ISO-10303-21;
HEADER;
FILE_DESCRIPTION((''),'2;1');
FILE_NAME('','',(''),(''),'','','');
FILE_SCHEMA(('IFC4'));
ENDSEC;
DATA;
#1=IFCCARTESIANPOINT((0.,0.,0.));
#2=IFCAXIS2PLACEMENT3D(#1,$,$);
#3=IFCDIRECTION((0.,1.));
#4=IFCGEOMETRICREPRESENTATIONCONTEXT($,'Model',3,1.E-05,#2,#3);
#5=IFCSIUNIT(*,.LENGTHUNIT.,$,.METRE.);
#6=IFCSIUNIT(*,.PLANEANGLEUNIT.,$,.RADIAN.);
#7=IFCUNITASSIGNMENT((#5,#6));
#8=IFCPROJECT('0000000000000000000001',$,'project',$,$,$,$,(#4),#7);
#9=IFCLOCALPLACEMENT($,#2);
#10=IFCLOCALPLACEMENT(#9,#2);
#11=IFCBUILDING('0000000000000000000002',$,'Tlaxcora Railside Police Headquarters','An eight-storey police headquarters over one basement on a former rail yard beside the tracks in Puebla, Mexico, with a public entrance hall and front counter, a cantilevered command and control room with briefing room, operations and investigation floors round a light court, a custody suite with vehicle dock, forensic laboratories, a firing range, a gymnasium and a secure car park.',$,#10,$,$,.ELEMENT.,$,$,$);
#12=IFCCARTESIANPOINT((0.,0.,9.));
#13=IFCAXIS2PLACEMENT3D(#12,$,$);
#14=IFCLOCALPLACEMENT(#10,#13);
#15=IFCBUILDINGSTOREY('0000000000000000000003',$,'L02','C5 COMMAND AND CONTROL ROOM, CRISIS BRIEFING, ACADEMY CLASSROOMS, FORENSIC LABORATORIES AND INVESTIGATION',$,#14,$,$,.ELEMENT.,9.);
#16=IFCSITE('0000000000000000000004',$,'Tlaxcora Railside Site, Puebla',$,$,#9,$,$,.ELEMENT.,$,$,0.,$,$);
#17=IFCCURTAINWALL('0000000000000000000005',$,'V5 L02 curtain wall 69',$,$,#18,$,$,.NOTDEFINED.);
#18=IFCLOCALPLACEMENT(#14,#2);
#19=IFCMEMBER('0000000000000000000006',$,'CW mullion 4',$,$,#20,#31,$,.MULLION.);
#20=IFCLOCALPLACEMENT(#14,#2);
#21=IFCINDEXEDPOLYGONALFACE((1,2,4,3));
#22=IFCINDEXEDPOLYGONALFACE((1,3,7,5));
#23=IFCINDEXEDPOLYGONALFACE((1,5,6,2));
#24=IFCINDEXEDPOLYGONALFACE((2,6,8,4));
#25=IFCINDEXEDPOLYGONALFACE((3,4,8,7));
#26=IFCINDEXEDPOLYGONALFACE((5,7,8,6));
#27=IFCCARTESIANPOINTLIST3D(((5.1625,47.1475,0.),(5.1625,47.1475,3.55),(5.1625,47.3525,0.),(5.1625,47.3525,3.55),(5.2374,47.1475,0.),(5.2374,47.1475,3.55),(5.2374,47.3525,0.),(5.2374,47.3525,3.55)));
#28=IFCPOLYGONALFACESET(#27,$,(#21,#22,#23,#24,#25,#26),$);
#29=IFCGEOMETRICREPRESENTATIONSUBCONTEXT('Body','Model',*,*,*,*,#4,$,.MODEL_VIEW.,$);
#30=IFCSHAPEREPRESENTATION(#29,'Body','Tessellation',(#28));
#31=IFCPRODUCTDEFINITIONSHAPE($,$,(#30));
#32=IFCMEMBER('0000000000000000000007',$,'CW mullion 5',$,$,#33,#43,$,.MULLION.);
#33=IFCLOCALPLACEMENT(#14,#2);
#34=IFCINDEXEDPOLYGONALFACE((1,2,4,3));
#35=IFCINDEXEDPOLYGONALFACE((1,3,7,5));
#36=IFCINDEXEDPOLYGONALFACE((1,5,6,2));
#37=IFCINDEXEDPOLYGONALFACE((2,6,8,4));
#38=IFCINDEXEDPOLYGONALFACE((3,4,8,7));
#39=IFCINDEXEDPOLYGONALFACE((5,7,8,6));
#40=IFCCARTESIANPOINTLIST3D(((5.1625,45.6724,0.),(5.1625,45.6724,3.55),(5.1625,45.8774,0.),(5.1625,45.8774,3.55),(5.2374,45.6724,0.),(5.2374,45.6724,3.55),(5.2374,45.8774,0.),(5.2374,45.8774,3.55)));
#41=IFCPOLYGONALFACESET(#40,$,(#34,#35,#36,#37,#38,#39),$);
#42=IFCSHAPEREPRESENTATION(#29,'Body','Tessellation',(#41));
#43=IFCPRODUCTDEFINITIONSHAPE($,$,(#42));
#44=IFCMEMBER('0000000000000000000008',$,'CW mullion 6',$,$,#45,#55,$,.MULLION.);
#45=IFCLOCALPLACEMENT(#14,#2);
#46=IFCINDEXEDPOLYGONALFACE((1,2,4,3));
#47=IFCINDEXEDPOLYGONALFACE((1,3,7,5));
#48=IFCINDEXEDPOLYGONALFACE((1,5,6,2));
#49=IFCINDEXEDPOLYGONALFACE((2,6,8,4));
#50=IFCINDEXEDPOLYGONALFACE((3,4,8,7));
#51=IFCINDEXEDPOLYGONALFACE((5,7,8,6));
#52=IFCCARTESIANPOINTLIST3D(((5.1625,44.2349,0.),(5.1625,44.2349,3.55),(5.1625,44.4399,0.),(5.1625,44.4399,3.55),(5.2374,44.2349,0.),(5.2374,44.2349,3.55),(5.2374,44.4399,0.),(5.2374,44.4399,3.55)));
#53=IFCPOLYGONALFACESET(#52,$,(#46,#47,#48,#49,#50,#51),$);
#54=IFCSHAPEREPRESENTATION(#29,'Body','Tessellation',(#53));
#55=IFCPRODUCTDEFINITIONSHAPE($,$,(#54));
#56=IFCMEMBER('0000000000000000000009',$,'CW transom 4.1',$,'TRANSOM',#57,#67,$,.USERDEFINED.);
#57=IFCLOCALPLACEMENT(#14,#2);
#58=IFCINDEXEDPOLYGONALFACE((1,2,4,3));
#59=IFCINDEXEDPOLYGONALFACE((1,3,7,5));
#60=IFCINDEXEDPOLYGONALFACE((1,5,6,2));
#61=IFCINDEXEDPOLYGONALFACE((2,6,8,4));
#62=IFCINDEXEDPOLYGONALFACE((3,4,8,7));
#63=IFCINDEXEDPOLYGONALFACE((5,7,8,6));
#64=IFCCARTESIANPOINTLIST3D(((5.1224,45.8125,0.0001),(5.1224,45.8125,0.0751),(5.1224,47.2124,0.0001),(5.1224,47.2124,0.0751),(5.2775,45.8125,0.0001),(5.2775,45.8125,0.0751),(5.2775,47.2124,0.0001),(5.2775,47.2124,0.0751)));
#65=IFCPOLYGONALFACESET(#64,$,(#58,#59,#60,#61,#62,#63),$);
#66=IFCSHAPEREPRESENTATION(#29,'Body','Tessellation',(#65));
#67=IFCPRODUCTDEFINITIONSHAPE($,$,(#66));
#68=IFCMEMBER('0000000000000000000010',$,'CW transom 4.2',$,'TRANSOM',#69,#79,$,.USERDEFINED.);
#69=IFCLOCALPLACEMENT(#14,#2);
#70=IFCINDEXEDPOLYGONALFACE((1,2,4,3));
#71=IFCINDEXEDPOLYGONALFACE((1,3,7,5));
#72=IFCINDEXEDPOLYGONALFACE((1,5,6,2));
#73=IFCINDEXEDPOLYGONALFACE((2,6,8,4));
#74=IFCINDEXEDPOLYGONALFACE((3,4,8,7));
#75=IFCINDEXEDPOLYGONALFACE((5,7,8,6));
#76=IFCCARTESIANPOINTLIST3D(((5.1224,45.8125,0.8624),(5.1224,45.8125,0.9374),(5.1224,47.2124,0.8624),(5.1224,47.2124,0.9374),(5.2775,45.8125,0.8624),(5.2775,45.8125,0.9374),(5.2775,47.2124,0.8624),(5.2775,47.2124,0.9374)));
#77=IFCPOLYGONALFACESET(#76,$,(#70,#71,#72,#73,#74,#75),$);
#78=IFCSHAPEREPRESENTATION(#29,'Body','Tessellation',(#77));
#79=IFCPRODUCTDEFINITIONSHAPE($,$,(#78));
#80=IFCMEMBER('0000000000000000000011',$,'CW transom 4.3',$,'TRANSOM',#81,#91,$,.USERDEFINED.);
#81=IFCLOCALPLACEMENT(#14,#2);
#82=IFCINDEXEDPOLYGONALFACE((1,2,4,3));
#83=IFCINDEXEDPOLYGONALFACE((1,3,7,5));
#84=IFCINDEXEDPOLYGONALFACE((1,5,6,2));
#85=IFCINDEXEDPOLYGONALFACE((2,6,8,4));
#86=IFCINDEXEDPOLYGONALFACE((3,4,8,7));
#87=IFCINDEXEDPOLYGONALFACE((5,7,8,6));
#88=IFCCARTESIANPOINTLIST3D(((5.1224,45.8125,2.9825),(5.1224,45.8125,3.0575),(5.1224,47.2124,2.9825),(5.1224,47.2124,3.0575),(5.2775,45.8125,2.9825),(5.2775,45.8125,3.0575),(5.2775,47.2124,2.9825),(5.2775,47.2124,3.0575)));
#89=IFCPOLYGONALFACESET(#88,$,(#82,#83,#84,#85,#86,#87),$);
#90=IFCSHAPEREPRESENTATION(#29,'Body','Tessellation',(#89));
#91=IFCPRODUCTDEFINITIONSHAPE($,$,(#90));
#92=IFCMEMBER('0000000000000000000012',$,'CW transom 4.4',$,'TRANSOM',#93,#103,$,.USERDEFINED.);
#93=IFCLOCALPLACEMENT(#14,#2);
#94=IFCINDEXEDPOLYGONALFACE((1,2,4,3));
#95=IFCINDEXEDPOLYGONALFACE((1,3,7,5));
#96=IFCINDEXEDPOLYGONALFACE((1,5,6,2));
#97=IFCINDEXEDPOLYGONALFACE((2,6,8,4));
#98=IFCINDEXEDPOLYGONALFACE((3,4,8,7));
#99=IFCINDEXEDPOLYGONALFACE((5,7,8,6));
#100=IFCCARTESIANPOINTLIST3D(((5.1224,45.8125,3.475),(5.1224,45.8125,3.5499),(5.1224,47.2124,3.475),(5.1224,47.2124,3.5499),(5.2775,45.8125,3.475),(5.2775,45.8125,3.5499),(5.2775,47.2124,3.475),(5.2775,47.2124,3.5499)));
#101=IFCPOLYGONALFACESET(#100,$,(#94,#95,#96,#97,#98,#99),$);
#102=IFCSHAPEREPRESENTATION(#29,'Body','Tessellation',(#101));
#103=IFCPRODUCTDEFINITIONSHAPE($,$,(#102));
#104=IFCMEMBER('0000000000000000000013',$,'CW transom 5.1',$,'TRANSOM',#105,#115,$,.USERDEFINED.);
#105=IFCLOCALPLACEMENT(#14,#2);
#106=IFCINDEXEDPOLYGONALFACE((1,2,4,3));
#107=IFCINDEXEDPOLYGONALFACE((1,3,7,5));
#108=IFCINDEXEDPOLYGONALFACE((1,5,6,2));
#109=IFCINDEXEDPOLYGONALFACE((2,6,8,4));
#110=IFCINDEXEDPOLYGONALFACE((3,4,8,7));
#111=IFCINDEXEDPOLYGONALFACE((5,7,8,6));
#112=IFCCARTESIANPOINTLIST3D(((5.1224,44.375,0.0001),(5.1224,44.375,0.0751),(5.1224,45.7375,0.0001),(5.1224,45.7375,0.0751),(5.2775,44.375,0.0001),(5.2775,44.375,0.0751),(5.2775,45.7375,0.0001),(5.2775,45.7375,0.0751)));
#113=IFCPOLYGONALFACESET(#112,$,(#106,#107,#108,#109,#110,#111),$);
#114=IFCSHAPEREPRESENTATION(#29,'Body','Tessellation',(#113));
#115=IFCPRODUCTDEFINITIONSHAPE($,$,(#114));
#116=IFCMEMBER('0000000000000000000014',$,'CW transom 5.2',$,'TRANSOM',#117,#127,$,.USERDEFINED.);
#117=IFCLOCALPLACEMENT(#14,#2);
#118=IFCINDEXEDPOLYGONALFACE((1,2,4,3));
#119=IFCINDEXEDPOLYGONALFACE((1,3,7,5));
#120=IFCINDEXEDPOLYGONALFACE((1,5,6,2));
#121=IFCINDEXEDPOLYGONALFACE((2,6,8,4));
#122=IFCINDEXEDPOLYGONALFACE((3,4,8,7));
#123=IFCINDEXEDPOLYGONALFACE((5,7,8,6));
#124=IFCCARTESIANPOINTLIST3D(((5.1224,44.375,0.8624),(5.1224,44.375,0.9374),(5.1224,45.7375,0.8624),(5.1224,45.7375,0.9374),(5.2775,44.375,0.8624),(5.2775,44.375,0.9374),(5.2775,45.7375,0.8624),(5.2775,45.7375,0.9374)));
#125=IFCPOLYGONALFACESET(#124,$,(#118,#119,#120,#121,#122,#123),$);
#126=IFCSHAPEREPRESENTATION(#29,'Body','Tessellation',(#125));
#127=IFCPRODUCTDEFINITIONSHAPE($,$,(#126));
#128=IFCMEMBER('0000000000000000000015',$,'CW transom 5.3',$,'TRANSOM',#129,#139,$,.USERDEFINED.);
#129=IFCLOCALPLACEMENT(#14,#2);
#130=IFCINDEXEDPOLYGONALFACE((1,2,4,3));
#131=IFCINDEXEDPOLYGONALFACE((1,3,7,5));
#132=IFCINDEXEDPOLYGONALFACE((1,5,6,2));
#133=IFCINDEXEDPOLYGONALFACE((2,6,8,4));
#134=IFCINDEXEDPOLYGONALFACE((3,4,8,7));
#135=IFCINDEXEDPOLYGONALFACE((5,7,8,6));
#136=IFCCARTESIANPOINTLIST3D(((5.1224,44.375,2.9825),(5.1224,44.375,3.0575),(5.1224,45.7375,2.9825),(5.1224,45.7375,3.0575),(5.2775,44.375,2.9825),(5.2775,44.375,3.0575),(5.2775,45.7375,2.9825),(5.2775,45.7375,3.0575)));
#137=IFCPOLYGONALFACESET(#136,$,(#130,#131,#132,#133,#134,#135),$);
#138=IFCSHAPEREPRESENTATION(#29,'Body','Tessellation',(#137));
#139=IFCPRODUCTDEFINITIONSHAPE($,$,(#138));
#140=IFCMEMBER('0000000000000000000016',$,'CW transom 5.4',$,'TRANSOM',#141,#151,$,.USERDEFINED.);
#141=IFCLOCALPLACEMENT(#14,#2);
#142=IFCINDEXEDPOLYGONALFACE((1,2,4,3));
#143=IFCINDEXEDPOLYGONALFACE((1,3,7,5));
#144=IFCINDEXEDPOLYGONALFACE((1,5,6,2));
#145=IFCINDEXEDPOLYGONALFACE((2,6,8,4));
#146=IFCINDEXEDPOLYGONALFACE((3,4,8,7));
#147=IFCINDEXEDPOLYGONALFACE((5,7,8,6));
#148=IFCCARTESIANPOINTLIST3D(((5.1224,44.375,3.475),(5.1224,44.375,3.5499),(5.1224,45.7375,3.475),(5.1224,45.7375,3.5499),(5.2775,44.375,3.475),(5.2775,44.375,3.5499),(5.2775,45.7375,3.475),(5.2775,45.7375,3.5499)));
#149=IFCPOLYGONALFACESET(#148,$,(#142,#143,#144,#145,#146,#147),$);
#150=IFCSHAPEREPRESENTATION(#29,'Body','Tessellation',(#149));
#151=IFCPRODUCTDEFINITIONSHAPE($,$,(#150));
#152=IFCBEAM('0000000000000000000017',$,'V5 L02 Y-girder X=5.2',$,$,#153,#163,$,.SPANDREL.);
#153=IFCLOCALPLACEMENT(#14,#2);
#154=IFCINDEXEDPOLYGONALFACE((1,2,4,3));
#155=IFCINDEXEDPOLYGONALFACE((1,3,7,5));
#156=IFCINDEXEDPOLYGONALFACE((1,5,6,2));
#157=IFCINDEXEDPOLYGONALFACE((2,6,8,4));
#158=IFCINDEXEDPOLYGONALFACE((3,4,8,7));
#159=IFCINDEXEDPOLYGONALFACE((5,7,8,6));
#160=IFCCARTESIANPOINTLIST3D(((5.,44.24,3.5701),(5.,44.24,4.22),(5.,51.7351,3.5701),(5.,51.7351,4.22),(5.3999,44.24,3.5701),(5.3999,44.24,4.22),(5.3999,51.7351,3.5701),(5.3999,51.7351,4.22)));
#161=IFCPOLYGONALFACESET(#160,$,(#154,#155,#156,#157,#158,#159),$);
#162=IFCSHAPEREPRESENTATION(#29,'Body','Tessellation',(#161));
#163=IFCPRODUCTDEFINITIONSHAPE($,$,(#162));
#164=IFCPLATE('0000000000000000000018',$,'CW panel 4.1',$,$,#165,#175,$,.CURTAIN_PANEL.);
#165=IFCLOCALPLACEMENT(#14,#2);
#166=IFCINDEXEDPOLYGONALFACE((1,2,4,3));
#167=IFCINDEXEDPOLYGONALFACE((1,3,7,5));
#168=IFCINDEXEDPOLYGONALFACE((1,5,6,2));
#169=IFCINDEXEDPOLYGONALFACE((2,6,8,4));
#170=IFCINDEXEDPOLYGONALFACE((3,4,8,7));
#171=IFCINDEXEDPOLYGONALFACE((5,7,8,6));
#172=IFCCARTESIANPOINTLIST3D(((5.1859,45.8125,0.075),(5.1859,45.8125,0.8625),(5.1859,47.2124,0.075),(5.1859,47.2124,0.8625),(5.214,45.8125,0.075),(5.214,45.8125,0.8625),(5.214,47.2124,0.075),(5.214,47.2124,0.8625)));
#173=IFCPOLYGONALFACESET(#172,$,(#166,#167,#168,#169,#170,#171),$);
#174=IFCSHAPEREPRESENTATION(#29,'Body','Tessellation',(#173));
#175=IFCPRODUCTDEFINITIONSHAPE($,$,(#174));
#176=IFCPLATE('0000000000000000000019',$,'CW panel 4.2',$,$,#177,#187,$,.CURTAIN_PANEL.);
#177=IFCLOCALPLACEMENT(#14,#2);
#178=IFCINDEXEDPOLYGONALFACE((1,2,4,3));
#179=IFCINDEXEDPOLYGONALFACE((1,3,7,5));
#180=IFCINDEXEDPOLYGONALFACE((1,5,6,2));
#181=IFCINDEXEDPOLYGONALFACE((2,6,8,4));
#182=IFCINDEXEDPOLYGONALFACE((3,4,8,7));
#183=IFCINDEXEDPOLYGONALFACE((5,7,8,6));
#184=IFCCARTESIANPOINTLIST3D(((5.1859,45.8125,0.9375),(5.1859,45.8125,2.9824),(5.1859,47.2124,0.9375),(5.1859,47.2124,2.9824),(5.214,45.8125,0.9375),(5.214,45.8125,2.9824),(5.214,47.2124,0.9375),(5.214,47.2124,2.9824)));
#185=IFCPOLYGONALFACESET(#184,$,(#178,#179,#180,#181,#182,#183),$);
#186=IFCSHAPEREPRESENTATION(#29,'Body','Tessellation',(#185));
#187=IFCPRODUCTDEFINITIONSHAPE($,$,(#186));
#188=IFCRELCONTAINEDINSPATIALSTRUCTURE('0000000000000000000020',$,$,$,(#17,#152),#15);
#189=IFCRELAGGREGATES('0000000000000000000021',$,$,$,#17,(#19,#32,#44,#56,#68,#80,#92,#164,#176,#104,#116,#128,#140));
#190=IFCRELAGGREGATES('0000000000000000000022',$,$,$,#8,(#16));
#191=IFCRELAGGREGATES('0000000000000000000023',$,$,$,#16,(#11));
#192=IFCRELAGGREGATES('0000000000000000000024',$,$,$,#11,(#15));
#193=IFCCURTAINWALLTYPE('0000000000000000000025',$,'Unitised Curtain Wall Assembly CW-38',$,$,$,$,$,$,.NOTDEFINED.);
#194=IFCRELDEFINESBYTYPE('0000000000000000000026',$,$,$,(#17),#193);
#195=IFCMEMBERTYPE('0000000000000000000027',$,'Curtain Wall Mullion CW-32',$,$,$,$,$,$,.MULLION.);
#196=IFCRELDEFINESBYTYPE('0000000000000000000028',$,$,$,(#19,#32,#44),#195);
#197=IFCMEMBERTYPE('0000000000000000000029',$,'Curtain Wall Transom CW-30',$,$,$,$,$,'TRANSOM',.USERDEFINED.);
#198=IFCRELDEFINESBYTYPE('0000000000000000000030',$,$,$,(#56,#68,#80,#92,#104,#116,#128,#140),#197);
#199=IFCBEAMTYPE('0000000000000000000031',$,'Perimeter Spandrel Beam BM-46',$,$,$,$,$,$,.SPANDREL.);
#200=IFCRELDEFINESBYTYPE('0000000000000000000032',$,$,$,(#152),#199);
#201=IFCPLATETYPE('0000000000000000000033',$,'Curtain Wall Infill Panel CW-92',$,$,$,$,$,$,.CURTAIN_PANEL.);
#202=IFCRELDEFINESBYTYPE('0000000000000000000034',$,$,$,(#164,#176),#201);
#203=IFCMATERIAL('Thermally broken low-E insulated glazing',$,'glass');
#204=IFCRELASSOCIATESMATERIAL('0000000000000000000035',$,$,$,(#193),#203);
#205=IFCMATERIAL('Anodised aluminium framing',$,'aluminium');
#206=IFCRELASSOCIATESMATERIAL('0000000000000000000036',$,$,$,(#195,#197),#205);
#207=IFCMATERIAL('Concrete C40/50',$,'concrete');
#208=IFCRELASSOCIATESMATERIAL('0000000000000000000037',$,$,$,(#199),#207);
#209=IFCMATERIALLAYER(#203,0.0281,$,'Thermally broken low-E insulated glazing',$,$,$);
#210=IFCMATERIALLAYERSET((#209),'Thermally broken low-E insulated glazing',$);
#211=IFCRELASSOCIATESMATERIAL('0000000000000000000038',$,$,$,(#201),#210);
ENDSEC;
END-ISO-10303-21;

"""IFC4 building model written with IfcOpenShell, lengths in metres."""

from ifc_helpers import new_model, si_unit, direction, frame, origin, origin_2d, place, context, subcontext, project, spatial, rectangle, extrude, material, layer, layer_set, material_profile, profile_set, type_object, element, aggregate, save


model = new_model("IFC4")

# Units and contexts
model_context = context("Model", 3, precision=1e-05, world=origin(), true_north=direction((0.0, 1.0)))
body_context = subcontext(model_context, "Body", "Model", "MODEL_VIEW")
ifc_project = project(units=[si_unit("LENGTHUNIT", "METRE"), si_unit("PLANEANGLEUNIT", "RADIAN")], contexts=[model_context])

# Site, building, storey
site_placement = place(None, origin())
site = spatial("IfcSite", under=ifc_project, at=site_placement, Name="Tlaxcora Railside Site, Puebla", CompositionType="ELEMENT", RefElevation=0.0)
building_placement = place(site_placement, origin())
building = spatial("IfcBuilding", under=site, at=building_placement, Name="Tlaxcora Railside Police Headquarters", Description="An eight-storey police headquarters over one basement on a former rail yard beside the tracks in Puebla, Mexico, with a public entrance hall and front counter, a cantilevered command and control room with briefing room, operations and investigation floors round a light court, a custody suite with vehicle dock, forensic laboratories, a firing range, a gymnasium and a secure car park.", CompositionType="ELEMENT")
storey_placement = place(building_placement, frame((0.0, 0.0, 9.0)))
storey = spatial("IfcBuildingStorey", under=building, at=storey_placement, Name="L02", Description="C5 COMMAND AND CONTROL ROOM, CRISIS BRIEFING, ACADEMY CLASSROOMS, FORENSIC LABORATORIES AND INVESTIGATION", CompositionType="ELEMENT", Elevation=9.0)

# Curtain wall, members
ifc_material_1 = material(Name="Thermally broken low-E insulated glazing", Category="glass")
curtain_wall_type = type_object("IfcCurtainWallType", Name="Unitised Curtain Wall Assembly CW-38", PredefinedType="NOTDEFINED", material=ifc_material_1)
curtain_wall_placement = place(storey_placement, origin())
curtain_wall = element("IfcCurtainWall", 1, at=curtain_wall_placement, inside=storey, type_object=curtain_wall_type, Name="V5 L02 curtain wall 69", PredefinedType="NOTDEFINED")
ifc_material_2 = material(Name="Anodised aluminium framing", Category="aluminium")
ifc_material_profile_1 = material_profile(ifc_material_2, rectangle(XDim=0.075, YDim=0.2051, at=origin_2d()), Name="AL75X205")
ifc_profile_set_1 = profile_set([ifc_material_profile_1], Name="Anodised aluminium framing")
member_type_1 = type_object("IfcMemberType", Name="Curtain Wall Mullion CW-32", PredefinedType="MULLION", material=ifc_profile_set_1)
member_1_placement = place(storey_placement, frame((5.2, 47.25, 0.0), z_axis=(0.0, 0.0, 1.0), x_axis=(1.0, 0.0, 0.0)))
member_1 = element("IfcMember", 2, at=member_1_placement, type_object=member_type_1, Name="CW mullion 4", PredefinedType="MULLION", context=body_context, shape_type="SweptSolid", body=[
    extrude(rectangle(XDim=0.075, YDim=0.2051, at=origin_2d()), origin(), (0.0, 0.0, 1.0), 3.55),
])
member_2_placement = place(storey_placement, frame((5.2, 45.7749, 0.0), z_axis=(0.0, 0.0, 1.0), x_axis=(1.0, 0.0, 0.0)))
member_2 = element("IfcMember", 3, at=member_2_placement, type_object=member_type_1, Name="CW mullion 5", PredefinedType="MULLION", context=body_context, shape_type="SweptSolid", body=[
    extrude(rectangle(XDim=0.075, YDim=0.2051, at=origin_2d()), origin(), (0.0, 0.0, 1.0), 3.55),
])
member_3_placement = place(storey_placement, frame((5.2, 44.3374, 0.0), z_axis=(0.0, 0.0, 1.0), x_axis=(1.0, 0.0, 0.0)))
member_3 = element("IfcMember", 4, at=member_3_placement, type_object=member_type_1, Name="CW mullion 6", PredefinedType="MULLION", context=body_context, shape_type="SweptSolid", body=[
    extrude(rectangle(XDim=0.075, YDim=0.2051, at=origin_2d()), origin(), (0.0, 0.0, 1.0), 3.55),
])
ifc_material_profile_2 = material_profile(ifc_material_2, rectangle(XDim=0.155, YDim=0.075, at=origin_2d()), Name="AL75X155")
ifc_profile_set_2 = profile_set([ifc_material_profile_2], Name="Anodised aluminium framing")
member_type_2 = type_object("IfcMemberType", Name="Curtain Wall Transom CW-30", ElementType="TRANSOM", PredefinedType="USERDEFINED", material=ifc_profile_set_2)
member_4_placement = place(storey_placement, frame((5.2, 47.2124, 0.0376), z_axis=(0.0, -1.0, 0.0), x_axis=(1.0, 0.0, 0.0)))
member_4 = element("IfcMember", 5, at=member_4_placement, type_object=member_type_2, Name="CW transom 4.1", ObjectType="TRANSOM", PredefinedType="USERDEFINED", context=body_context, shape_type="SweptSolid", body=[
    extrude(rectangle(XDim=0.155, YDim=0.075, at=origin_2d()), origin(), (0.0, 0.0, 1.0), 1.3999),
])
member_5_placement = place(storey_placement, frame((5.2, 47.2124, 0.8999), z_axis=(0.0, -1.0, 0.0), x_axis=(1.0, 0.0, 0.0)))
member_5 = element("IfcMember", 6, at=member_5_placement, type_object=member_type_2, Name="CW transom 4.2", ObjectType="TRANSOM", PredefinedType="USERDEFINED", context=body_context, shape_type="SweptSolid", body=[
    extrude(rectangle(XDim=0.155, YDim=0.075, at=origin_2d()), origin(), (0.0, 0.0, 1.0), 1.3999),
])
member_6_placement = place(storey_placement, frame((5.2, 47.2124, 3.02), z_axis=(0.0, -1.0, 0.0), x_axis=(1.0, 0.0, 0.0)))
member_6 = element("IfcMember", 7, at=member_6_placement, type_object=member_type_2, Name="CW transom 4.3", ObjectType="TRANSOM", PredefinedType="USERDEFINED", context=body_context, shape_type="SweptSolid", body=[
    extrude(rectangle(XDim=0.155, YDim=0.075, at=origin_2d()), origin(), (0.0, 0.0, 1.0), 1.3999),
])
member_7_placement = place(storey_placement, frame((5.2, 47.2124, 3.5125), z_axis=(0.0, -1.0, 0.0), x_axis=(1.0, 0.0, 0.0)))
member_7 = element("IfcMember", 8, at=member_7_placement, type_object=member_type_2, Name="CW transom 4.4", ObjectType="TRANSOM", PredefinedType="USERDEFINED", context=body_context, shape_type="SweptSolid", body=[
    extrude(rectangle(XDim=0.155, YDim=0.075, at=origin_2d()), origin(), (0.0, 0.0, 1.0), 1.3999),
])
member_8_placement = place(storey_placement, frame((5.2, 45.7375, 0.0376), z_axis=(0.0, -1.0, 0.0), x_axis=(1.0, 0.0, 0.0)))
member_8 = element("IfcMember", 9, at=member_8_placement, type_object=member_type_2, Name="CW transom 5.1", ObjectType="TRANSOM", PredefinedType="USERDEFINED", context=body_context, shape_type="SweptSolid", body=[
    extrude(rectangle(XDim=0.155, YDim=0.075, at=origin_2d()), origin(), (0.0, 0.0, 1.0), 1.3625),
])
member_9_placement = place(storey_placement, frame((5.2, 45.7375, 0.8999), z_axis=(0.0, -1.0, 0.0), x_axis=(1.0, 0.0, 0.0)))
member_9 = element("IfcMember", 10, at=member_9_placement, type_object=member_type_2, Name="CW transom 5.2", ObjectType="TRANSOM", PredefinedType="USERDEFINED", context=body_context, shape_type="SweptSolid", body=[
    extrude(rectangle(XDim=0.155, YDim=0.075, at=origin_2d()), origin(), (0.0, 0.0, 1.0), 1.3625),
])
member_10_placement = place(storey_placement, frame((5.2, 45.7375, 3.02), z_axis=(0.0, -1.0, 0.0), x_axis=(1.0, 0.0, 0.0)))
member_10 = element("IfcMember", 11, at=member_10_placement, type_object=member_type_2, Name="CW transom 5.3", ObjectType="TRANSOM", PredefinedType="USERDEFINED", context=body_context, shape_type="SweptSolid", body=[
    extrude(rectangle(XDim=0.155, YDim=0.075, at=origin_2d()), origin(), (0.0, 0.0, 1.0), 1.3625),
])
member_11_placement = place(storey_placement, frame((5.2, 45.7375, 3.5125), z_axis=(0.0, -1.0, 0.0), x_axis=(1.0, 0.0, 0.0)))
member_11 = element("IfcMember", 12, at=member_11_placement, type_object=member_type_2, Name="CW transom 5.4", ObjectType="TRANSOM", PredefinedType="USERDEFINED", context=body_context, shape_type="SweptSolid", body=[
    extrude(rectangle(XDim=0.155, YDim=0.075, at=origin_2d()), origin(), (0.0, 0.0, 1.0), 1.3625),
])

# Beam
ifc_material_3 = material(Name="Concrete C40/50", Category="concrete")
ifc_material_profile_3 = material_profile(ifc_material_3, rectangle(XDim=0.3999, YDim=0.6499, at=origin_2d()), Name="RC400X650")
ifc_profile_set_3 = profile_set([ifc_material_profile_3], Name="Concrete C40/50")
beam_type = type_object("IfcBeamType", Name="Perimeter Spandrel Beam BM-46", PredefinedType="SPANDREL", material=ifc_profile_set_3)
beam_placement = place(storey_placement, frame((5.2, 44.24, 3.895), z_axis=(0.0, 1.0, 0.0), x_axis=(-1.0, 0.0, 0.0)))
element("IfcBeam", 13, at=beam_placement, inside=storey, type_object=beam_type, Name="V5 L02 Y-girder X=5.2", PredefinedType="SPANDREL", context=body_context, shape_type="SweptSolid", body=[
    extrude(rectangle(XDim=0.3999, YDim=0.6499, at=origin_2d()), origin(), (0.0, 0.0, 1.0), 7.4951),
])

# Plates
ifc_layer_1 = layer(ifc_material_1, 0.0281, Name="Thermally broken low-E insulated glazing")
ifc_layer_set_1 = layer_set([ifc_layer_1], Name="Thermally broken low-E insulated glazing")
plate_type = type_object("IfcPlateType", Name="Curtain Wall Infill Panel CW-92", PredefinedType="CURTAIN_PANEL", material=ifc_layer_set_1)
plate_1_placement = place(storey_placement, frame((5.2, 46.5125, 0.075), z_axis=(0.0, 0.0, 1.0), x_axis=(0.0, -1.0, 0.0)))
plate_1 = element("IfcPlate", 14, at=plate_1_placement, type_object=plate_type, Name="CW panel 4.1", PredefinedType="CURTAIN_PANEL", context=body_context, shape_type="SweptSolid", body=[
    extrude(rectangle(XDim=1.3999, YDim=0.0281, at=origin_2d()), origin(), (0.0, 0.0, 1.0), 0.7876),
])
plate_2_placement = place(storey_placement, frame((5.2, 46.5125, 0.9375), z_axis=(0.0, 0.0, 1.0), x_axis=(0.0, -1.0, 0.0)))
plate_2 = element("IfcPlate", 15, at=plate_2_placement, type_object=plate_type, Name="CW panel 4.2", PredefinedType="CURTAIN_PANEL", context=body_context, shape_type="SweptSolid", body=[
    extrude(rectangle(XDim=1.3999, YDim=0.0281, at=origin_2d()), origin(), (0.0, 0.0, 1.0), 2.0449),
])
aggregate(curtain_wall, [member_1, member_2, member_3, member_4, member_5, member_6, member_7, plate_1, plate_2, member_8, member_9, member_10, member_11])

save(model, "model.ifc")
